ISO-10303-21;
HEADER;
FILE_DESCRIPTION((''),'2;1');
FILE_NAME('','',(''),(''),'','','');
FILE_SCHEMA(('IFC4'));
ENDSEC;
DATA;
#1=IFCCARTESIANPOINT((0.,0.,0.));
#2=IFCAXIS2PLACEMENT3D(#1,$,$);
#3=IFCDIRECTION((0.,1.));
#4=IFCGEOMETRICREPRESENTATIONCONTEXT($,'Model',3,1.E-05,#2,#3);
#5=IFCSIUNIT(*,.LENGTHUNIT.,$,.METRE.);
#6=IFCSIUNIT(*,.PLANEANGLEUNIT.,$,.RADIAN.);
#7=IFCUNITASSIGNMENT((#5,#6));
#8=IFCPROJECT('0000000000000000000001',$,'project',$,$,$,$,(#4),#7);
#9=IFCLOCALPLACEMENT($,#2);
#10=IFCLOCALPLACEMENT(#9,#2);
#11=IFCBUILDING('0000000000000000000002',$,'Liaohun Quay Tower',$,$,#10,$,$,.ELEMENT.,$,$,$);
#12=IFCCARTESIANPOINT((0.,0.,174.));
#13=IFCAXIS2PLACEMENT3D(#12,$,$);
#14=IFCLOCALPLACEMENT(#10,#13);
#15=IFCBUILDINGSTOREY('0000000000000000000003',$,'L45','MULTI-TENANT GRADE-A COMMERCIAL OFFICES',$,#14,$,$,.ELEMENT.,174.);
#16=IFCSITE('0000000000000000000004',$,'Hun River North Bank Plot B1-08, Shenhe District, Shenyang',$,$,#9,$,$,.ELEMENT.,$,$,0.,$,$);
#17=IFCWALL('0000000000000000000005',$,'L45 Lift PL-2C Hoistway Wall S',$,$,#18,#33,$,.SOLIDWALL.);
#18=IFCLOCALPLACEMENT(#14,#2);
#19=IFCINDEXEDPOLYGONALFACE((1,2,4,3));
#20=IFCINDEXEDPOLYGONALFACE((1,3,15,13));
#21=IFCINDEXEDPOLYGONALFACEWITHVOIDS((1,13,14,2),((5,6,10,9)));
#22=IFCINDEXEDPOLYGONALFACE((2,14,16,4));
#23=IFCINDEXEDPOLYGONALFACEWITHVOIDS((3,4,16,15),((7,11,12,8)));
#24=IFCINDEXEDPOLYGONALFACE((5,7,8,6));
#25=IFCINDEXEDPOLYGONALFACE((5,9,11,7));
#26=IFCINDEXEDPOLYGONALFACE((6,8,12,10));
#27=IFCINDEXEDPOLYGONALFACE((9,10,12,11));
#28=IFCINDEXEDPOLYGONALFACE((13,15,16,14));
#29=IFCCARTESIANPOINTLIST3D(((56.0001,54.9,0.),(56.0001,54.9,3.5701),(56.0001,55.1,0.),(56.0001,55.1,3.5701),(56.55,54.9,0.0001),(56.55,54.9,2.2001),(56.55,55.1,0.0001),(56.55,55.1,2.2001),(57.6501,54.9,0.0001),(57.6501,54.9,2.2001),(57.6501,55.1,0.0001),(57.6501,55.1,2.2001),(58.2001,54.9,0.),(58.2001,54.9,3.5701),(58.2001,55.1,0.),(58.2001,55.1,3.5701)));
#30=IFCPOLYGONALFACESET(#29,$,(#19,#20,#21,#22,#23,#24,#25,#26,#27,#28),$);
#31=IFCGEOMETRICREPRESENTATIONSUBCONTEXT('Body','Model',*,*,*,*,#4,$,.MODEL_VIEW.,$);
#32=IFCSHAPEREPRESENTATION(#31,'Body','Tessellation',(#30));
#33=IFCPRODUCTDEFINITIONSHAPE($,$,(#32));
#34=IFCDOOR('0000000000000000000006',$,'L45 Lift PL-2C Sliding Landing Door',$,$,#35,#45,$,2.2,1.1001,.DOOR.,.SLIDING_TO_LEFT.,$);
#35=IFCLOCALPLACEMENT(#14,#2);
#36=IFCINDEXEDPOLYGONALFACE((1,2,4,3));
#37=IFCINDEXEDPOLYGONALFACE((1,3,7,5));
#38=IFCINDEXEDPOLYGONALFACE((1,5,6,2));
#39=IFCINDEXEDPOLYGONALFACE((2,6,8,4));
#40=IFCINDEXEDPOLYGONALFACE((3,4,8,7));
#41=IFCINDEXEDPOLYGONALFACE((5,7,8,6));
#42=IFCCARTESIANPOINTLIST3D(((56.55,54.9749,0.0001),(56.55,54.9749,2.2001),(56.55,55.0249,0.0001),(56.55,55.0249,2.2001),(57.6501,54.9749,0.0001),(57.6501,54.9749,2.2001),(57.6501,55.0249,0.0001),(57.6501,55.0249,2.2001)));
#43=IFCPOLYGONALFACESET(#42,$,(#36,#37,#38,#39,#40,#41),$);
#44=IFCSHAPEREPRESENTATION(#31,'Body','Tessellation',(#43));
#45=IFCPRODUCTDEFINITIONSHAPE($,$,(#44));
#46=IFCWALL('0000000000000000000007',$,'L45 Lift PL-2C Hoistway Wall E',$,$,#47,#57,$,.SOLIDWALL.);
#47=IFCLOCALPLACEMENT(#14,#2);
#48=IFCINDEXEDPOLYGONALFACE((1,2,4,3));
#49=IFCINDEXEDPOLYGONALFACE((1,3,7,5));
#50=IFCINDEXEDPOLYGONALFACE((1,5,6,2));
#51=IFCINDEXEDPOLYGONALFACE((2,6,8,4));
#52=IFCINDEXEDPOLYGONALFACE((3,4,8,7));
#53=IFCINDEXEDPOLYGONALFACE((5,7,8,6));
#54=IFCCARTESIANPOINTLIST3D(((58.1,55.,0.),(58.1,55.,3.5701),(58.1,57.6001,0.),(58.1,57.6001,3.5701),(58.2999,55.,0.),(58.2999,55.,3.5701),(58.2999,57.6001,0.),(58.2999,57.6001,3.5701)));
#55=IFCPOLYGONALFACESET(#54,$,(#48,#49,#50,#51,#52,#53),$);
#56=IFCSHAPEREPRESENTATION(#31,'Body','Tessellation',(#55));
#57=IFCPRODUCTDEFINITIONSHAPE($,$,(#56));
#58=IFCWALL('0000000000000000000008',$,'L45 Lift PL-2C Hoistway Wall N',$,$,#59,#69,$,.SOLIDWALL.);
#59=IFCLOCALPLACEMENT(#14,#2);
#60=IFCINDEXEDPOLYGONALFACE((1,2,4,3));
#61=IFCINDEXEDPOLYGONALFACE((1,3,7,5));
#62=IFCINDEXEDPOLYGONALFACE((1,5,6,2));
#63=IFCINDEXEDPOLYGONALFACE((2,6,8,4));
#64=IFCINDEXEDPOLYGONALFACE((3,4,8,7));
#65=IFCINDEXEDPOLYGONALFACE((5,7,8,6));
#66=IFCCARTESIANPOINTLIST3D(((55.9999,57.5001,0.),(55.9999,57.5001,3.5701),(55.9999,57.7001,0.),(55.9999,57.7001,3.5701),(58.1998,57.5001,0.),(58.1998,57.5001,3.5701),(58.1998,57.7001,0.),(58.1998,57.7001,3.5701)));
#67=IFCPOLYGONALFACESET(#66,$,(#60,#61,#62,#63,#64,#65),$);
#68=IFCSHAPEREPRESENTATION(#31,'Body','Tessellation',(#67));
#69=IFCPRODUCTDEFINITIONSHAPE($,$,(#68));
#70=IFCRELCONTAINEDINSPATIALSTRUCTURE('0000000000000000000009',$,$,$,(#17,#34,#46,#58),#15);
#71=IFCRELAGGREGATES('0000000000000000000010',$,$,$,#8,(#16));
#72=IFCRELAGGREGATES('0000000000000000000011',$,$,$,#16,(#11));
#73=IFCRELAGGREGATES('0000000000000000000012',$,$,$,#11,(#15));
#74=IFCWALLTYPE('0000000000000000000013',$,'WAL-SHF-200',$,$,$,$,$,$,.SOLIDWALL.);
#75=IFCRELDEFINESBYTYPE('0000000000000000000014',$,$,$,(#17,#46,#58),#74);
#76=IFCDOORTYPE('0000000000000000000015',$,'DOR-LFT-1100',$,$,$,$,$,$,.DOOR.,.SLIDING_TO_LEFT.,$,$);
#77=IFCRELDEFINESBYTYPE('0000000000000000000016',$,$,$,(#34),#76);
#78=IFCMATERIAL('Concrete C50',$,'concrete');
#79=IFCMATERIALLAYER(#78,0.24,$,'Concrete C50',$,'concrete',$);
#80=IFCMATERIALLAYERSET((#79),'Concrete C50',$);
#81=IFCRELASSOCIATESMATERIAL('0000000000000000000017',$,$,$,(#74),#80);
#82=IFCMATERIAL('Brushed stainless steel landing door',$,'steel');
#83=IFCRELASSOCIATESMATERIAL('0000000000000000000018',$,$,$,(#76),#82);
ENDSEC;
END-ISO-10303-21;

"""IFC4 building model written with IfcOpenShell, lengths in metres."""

from ifc_helpers import new_model, si_unit, direction, frame, frame_2d, origin, place, context, subcontext, project, spatial, rectangle, extrude, source, transform, mapped, material, layer, layer_set, type_object, element, fill, save


model = new_model("IFC4")

# Units and contexts
model_context = context("Model", 3, precision=1e-05, world=origin(), true_north=direction((0.0, 1.0)))
body_context = subcontext(model_context, "Body", "Model", "MODEL_VIEW")
ifc_project = project(units=[si_unit("LENGTHUNIT", "METRE"), si_unit("PLANEANGLEUNIT", "RADIAN")], contexts=[model_context])

# Site, building, storey
site_placement = place(None, origin())
site = spatial("IfcSite", under=ifc_project, at=site_placement, Name="Hun River North Bank Plot B1-08, Shenhe District, Shenyang", CompositionType="ELEMENT", RefElevation=0.0)
building_placement = place(site_placement, origin())
building = spatial("IfcBuilding", under=site, at=building_placement, Name="Liaohun Quay Tower", CompositionType="ELEMENT")
storey_placement = place(building_placement, frame((0.0, 0.0, 174.0)))
storey = spatial("IfcBuildingStorey", under=building, at=storey_placement, Name="L45", Description="MULTI-TENANT GRADE-A COMMERCIAL OFFICES", CompositionType="ELEMENT", Elevation=174.0)

# Shared definitions
ifc_material_1 = material(Name="Concrete C50", Category="concrete")
ifc_layer_1 = layer(ifc_material_1, 0.24, Name="Concrete C50", Category="concrete")
ifc_layer_set_1 = layer_set([ifc_layer_1], Name="Concrete C50")
wall_type_1 = type_object("IfcWallType", Name="WAL-SHF-200", PredefinedType="SOLIDWALL", material=ifc_layer_set_1)

# Shared definitions
shared_shape_1 = source(origin(), body_context, "Body", "SweptSolid", [
    extrude(rectangle(XDim=1.1001, YDim=2.2, at=frame_2d((0.55, 1.1001))), frame((0.0, 0.1099, 0.0), z_axis=(0.0, -1.0, 0.0), x_axis=(1.0, 0.0, 0.0)), (0.0, 0.0, 1.0), 0.22),
])
ifc_material_2 = material(Name="Brushed stainless steel landing door", Category="steel")
door_type_1 = type_object("IfcDoorType", Name="DOR-LFT-1100", OperationType="SLIDING_TO_LEFT", PredefinedType="DOOR", material=ifc_material_2)
shared_shape_2 = source(origin(), body_context, "Body", "SweptSolid", [
    extrude(rectangle(XDim=1.1001, YDim=2.2, at=frame_2d((0.55, 1.1001))), frame((0.0, 0.0249, 0.0), z_axis=(0.0, -1.0, 0.0), x_axis=(1.0, 0.0, 0.0)), (0.0, 0.0, 1.0), 0.05),
])

# Wall, opening, door
wall_1_placement = place(storey_placement, frame((56.0, 55.0, 0.0), z_axis=(0.0, 0.0, 1.0), x_axis=(1.0, 0.0, 0.0)))
wall_1 = element("IfcWall", 1, at=wall_1_placement, inside=storey, type_object=wall_type_1, Name="L45 Lift PL-2C Hoistway Wall S", PredefinedType="SOLIDWALL", context=body_context, shape_type="SweptSolid", body=[
    extrude(rectangle(XDim=2.2, YDim=0.2, at=frame_2d((1.1001, 0.0))), origin(), (0.0, 0.0, 1.0), 3.5701),
])
opening_1_placement = place(wall_1_placement, frame((0.55, 0.0, 0.0)))
opening_1 = element("IfcOpeningElement", 2, at=opening_1_placement, cuts=wall_1, PredefinedType="OPENING", context=body_context, shape_type="MappedRepresentation", body=[
    mapped(shared_shape_1, transform((0.0, 0.0, 0.0), x_axis=(1.0, 0.0, 0.0), y_axis=(0.0, 1.0, 0.0), z_axis=(0.0, 0.0, 1.0), scale=1.0)),
])
door_1_placement = place(opening_1_placement, origin())
door_1 = element("IfcDoor", 3, at=door_1_placement, inside=storey, type_object=door_type_1, Name="L45 Lift PL-2C Sliding Landing Door", OperationType="SLIDING_TO_LEFT", OverallHeight=2.2, OverallWidth=1.1001, PredefinedType="DOOR", context=body_context, shape_type="MappedRepresentation", body=[
    mapped(shared_shape_2, transform((0.0, 0.0, 0.0), x_axis=(1.0, 0.0, 0.0), y_axis=(0.0, 1.0, 0.0), z_axis=(0.0, 0.0, 1.0), scale=1.0)),
])
fill(opening_1, door_1)

# Walls
wall_2_placement = place(storey_placement, frame((58.2, 55.0, 0.0), z_axis=(0.0, 0.0, 1.0), x_axis=(0.0, 1.0, 0.0)))
element("IfcWall", 4, at=wall_2_placement, inside=storey, type_object=wall_type_1, Name="L45 Lift PL-2C Hoistway Wall E", PredefinedType="SOLIDWALL", context=body_context, shape_type="SweptSolid", body=[
    extrude(rectangle(XDim=2.6001, YDim=0.2, at=frame_2d((1.3, 0.0))), origin(), (0.0, 0.0, 1.0), 3.5701),
])
wall_3_placement = place(storey_placement, frame((58.2, 57.6001, 0.0), z_axis=(0.0, 0.0, 1.0), x_axis=(-1.0, 0.0, 0.0)))
element("IfcWall", 5, at=wall_3_placement, inside=storey, type_object=wall_type_1, Name="L45 Lift PL-2C Hoistway Wall N", PredefinedType="SOLIDWALL", context=body_context, shape_type="SweptSolid", body=[
    extrude(rectangle(XDim=2.2, YDim=0.2, at=frame_2d((1.1001, 0.0))), origin(), (0.0, 0.0, 1.0), 3.5701),
])

save(model, "model.ifc")
